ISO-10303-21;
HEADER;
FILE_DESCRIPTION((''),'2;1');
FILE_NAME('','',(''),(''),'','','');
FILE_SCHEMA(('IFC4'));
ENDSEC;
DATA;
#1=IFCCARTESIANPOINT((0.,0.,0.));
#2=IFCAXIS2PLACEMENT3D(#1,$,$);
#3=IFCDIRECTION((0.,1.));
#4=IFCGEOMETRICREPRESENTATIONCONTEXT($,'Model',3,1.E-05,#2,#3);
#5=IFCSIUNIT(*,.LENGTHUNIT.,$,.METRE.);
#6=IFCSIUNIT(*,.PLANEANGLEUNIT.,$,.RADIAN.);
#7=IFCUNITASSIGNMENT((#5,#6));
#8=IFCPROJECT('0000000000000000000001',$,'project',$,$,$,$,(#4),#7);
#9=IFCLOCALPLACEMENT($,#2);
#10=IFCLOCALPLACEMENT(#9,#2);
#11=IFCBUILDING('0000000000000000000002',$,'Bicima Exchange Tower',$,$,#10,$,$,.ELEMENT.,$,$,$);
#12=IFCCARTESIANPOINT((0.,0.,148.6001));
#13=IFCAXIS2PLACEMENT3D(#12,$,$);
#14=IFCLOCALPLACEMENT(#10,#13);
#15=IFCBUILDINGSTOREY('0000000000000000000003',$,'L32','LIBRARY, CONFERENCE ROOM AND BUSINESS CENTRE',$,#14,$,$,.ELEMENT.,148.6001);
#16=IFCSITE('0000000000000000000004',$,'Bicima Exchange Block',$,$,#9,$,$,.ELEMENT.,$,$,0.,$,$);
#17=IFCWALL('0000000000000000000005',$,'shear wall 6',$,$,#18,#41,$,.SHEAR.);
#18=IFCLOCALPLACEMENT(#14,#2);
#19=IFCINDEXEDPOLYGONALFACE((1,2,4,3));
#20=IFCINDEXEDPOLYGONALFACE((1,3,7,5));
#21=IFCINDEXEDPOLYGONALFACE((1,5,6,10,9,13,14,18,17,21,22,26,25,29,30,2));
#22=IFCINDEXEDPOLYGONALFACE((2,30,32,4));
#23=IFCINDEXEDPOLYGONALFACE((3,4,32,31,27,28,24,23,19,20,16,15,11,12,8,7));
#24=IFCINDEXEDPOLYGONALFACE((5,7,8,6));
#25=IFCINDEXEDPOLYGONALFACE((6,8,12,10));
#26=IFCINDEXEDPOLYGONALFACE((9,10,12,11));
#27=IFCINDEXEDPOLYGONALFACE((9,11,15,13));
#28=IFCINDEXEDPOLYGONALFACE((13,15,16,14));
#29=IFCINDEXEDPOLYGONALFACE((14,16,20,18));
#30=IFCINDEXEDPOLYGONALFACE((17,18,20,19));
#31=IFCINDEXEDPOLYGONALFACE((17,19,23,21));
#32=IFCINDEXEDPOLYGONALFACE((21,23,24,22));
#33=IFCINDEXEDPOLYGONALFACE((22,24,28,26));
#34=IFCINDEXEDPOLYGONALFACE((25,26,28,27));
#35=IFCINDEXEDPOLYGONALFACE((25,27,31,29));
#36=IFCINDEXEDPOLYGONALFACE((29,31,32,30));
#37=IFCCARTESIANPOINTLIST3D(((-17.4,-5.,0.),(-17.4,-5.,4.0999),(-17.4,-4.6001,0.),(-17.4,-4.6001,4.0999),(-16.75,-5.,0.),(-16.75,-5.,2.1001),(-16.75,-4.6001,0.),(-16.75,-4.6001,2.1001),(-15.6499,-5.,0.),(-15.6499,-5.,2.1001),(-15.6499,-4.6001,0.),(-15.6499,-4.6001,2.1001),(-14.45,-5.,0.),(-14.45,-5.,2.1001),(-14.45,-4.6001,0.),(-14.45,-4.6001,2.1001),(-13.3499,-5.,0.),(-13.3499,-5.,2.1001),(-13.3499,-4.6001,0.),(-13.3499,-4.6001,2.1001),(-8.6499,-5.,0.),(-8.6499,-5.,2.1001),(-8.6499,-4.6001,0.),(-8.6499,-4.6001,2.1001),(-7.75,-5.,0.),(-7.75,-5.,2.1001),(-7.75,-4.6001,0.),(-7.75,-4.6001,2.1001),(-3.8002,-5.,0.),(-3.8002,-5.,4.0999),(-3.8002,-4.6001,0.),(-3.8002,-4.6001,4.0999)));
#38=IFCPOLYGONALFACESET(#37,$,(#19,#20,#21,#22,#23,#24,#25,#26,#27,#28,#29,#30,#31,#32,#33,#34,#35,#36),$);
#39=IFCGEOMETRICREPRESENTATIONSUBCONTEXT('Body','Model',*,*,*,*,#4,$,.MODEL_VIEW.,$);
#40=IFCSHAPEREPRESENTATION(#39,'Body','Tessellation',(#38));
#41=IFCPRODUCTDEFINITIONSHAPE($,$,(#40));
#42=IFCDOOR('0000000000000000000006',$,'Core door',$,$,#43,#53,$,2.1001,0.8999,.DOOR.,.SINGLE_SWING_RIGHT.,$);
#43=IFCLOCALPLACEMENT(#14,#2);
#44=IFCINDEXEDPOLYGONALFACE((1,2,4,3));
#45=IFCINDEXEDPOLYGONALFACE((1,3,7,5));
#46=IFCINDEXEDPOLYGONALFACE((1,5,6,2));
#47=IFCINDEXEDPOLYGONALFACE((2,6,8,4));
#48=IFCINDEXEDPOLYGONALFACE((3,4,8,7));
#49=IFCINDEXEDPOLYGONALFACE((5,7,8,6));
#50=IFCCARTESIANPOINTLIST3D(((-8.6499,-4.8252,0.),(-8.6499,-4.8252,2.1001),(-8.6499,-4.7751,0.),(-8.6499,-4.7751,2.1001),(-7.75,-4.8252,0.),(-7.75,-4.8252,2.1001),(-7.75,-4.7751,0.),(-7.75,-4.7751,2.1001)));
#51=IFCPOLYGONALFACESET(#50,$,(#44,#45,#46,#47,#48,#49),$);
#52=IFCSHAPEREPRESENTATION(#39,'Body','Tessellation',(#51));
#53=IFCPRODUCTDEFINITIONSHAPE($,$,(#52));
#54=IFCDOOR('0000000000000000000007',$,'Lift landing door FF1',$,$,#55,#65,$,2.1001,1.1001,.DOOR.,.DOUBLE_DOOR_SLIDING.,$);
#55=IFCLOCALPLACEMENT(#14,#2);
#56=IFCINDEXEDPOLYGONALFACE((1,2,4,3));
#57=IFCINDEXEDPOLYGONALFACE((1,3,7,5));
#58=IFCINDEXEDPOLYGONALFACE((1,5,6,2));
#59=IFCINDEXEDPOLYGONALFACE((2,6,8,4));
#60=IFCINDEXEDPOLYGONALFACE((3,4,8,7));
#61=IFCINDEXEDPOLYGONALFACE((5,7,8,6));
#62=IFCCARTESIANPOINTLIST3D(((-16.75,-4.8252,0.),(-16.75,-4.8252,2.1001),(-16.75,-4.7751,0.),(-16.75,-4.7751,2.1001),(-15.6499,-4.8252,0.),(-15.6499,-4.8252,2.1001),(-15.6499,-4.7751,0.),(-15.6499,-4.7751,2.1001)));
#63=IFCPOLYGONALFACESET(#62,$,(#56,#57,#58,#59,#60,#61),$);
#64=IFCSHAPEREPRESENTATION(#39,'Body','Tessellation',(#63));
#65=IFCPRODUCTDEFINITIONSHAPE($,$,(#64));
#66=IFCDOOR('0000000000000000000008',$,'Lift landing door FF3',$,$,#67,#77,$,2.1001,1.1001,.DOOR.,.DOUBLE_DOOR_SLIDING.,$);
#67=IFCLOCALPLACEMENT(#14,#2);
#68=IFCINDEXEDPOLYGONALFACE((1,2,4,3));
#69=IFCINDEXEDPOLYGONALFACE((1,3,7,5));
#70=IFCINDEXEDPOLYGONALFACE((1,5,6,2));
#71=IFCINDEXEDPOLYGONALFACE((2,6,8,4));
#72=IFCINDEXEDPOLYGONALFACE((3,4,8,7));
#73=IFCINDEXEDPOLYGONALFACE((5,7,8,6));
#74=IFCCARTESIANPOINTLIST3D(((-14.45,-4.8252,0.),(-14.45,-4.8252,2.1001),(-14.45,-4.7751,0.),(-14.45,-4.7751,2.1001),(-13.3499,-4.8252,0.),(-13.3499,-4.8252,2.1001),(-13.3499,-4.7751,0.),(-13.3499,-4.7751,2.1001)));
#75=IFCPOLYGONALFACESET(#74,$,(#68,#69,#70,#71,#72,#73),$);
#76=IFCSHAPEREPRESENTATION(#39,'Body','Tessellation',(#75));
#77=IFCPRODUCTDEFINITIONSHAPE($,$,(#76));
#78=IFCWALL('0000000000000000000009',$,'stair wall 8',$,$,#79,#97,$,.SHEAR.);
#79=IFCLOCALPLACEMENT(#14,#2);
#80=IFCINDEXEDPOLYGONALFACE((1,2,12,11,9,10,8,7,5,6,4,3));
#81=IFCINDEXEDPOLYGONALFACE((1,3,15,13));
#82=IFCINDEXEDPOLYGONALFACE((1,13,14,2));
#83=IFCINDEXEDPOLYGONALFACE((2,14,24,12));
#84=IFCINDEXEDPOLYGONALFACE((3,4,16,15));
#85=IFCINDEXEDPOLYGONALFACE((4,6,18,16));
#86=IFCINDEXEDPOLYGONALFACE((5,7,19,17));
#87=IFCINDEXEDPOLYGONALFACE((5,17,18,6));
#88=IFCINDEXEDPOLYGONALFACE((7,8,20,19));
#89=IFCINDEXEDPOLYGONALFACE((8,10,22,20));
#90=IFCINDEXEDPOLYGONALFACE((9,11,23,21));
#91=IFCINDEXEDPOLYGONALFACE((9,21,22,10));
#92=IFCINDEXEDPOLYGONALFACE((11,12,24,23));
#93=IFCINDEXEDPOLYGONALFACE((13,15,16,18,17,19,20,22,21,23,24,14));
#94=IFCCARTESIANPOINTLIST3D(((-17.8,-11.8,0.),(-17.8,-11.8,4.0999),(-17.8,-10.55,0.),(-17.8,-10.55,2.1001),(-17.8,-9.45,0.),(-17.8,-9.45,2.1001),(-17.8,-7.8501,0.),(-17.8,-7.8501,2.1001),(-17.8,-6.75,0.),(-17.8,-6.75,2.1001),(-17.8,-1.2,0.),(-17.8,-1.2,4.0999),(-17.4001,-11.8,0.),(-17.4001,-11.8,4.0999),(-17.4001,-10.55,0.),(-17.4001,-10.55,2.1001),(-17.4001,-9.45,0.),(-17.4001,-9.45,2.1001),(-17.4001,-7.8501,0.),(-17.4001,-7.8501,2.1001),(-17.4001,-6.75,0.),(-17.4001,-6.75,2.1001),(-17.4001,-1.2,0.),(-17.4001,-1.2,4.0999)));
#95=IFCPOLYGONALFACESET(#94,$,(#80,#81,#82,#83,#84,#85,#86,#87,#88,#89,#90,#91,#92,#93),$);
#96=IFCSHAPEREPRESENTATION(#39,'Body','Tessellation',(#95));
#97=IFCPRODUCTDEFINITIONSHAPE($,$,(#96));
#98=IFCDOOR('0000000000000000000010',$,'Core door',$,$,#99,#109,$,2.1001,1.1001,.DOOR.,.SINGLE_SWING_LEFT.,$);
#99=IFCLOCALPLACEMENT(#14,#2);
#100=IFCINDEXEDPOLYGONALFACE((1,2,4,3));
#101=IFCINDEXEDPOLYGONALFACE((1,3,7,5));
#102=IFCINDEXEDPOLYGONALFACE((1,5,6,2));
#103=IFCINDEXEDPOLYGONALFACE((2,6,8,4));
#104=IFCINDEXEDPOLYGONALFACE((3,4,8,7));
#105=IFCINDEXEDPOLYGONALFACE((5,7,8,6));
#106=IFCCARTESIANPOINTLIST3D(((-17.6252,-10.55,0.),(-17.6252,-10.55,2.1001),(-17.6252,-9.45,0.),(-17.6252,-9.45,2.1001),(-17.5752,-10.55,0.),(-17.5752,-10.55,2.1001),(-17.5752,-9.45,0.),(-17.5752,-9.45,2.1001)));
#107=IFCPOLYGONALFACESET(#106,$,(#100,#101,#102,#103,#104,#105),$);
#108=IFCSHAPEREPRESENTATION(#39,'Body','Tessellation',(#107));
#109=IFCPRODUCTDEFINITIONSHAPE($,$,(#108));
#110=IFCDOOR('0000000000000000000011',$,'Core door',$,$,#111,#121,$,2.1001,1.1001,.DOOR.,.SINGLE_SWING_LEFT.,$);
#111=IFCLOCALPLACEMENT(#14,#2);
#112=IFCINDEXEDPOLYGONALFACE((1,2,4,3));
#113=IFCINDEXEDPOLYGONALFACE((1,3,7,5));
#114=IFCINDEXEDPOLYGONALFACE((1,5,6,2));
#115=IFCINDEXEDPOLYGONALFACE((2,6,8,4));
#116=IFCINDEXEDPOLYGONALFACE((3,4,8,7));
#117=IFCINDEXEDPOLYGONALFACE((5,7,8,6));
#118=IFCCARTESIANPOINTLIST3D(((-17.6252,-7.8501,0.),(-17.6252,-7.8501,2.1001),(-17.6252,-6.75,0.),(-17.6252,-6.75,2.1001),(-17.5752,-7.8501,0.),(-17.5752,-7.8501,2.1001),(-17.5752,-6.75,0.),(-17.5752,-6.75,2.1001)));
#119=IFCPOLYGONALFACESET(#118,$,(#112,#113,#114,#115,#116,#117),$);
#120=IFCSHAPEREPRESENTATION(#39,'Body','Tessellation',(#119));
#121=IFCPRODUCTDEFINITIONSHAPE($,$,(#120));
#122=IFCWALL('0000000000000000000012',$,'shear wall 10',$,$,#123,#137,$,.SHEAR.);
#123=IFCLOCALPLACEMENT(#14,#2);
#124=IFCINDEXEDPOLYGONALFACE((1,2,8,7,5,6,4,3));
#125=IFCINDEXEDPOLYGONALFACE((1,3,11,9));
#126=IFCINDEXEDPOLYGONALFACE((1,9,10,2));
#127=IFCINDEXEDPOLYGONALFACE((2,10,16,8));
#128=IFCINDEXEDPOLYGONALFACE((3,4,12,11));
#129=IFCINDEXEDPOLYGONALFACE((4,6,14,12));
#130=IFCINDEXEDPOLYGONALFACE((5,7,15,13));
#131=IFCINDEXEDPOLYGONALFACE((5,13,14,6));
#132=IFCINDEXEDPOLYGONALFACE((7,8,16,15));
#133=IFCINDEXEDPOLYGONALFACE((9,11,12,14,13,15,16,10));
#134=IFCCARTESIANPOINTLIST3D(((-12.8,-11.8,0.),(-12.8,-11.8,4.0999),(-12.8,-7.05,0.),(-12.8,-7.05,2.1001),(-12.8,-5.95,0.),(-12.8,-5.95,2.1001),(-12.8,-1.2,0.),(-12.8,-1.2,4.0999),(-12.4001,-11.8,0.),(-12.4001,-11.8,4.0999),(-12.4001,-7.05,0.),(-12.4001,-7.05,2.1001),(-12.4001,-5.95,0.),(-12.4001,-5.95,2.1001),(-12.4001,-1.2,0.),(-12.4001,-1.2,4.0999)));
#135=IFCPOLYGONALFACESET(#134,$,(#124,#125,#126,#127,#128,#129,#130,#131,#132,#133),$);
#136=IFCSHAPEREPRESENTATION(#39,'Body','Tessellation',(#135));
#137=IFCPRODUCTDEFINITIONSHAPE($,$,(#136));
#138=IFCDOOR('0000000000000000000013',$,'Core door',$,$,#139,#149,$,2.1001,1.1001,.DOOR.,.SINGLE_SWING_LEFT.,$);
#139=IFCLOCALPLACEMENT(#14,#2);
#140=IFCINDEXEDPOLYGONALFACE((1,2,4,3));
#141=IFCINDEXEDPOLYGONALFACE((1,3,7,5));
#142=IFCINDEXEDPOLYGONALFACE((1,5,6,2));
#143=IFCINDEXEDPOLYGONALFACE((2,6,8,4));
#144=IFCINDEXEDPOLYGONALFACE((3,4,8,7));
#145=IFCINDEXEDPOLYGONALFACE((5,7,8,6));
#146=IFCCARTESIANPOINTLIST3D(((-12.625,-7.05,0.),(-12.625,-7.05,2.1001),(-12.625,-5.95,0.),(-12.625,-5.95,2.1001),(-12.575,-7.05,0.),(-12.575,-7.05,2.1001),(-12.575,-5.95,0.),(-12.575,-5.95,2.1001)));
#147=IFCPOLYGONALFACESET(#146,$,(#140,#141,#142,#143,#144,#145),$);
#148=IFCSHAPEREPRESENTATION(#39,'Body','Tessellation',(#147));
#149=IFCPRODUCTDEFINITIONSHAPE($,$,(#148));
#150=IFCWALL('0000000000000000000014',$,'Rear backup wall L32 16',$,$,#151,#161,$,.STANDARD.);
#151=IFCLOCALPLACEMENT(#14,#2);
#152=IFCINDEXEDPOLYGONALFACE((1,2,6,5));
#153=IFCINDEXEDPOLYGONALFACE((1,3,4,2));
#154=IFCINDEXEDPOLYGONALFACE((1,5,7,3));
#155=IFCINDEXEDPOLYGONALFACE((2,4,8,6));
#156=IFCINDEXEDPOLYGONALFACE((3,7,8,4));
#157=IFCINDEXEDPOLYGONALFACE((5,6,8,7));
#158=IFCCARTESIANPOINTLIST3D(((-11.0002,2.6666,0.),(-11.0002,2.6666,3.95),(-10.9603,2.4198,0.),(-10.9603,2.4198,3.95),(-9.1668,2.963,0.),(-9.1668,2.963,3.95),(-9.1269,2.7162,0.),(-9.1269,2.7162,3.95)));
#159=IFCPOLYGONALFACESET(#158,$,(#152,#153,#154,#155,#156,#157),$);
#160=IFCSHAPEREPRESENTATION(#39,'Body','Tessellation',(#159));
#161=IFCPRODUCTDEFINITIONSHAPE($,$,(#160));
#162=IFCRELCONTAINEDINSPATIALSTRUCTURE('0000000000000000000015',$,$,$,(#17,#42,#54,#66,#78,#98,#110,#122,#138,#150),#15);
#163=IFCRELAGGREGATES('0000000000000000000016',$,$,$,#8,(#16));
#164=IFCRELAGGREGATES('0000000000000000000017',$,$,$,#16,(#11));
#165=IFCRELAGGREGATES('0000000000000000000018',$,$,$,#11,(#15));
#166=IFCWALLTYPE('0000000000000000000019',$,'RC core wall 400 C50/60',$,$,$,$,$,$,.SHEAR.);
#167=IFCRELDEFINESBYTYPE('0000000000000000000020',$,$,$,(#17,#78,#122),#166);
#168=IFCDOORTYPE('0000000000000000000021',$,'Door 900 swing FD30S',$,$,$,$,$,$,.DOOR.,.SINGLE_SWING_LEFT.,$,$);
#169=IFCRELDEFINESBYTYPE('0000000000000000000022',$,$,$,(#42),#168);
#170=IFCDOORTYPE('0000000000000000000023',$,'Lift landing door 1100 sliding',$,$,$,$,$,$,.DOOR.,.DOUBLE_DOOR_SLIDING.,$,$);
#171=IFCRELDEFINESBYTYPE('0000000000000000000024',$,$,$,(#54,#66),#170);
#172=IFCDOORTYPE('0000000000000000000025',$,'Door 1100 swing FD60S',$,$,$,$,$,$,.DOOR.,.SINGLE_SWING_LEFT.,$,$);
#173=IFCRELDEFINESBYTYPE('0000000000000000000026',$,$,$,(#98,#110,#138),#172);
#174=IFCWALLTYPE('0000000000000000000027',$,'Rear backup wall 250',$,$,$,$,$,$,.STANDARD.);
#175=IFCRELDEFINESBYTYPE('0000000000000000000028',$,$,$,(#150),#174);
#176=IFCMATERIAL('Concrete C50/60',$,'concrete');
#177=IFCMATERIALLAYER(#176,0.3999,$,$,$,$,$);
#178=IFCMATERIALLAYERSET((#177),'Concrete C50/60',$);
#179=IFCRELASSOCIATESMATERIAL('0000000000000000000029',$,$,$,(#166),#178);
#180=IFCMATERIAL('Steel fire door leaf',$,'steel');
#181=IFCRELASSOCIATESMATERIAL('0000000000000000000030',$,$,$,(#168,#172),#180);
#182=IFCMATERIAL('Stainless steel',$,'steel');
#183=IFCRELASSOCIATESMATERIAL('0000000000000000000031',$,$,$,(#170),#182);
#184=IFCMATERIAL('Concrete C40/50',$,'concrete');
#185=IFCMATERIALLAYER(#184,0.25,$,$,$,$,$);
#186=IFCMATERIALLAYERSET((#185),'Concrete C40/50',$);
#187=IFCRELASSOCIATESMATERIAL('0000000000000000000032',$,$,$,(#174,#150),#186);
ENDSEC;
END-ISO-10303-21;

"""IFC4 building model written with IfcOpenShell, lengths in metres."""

from ifc_helpers import new_model, si_unit, direction, frame, frame_2d, origin, place, context, subcontext, project, spatial, rectangle, extrude, material, layer, layer_set, layer_usage, type_object, element, fill, save


model = new_model("IFC4")

# Units and contexts
model_context = context("Model", 3, precision=1e-05, world=origin(), true_north=direction((0.0, 1.0)))
body_context = subcontext(model_context, "Body", "Model", "MODEL_VIEW")
ifc_project = project(units=[si_unit("LENGTHUNIT", "METRE"), si_unit("PLANEANGLEUNIT", "RADIAN")], contexts=[model_context])

# Site, building, storey
site_placement = place(None, origin())
site = spatial("IfcSite", under=ifc_project, at=site_placement, Name="Bicima Exchange Block", CompositionType="ELEMENT", RefElevation=0.0)
building_placement = place(site_placement, origin())
building = spatial("IfcBuilding", under=site, at=building_placement, Name="Bicima Exchange Tower", CompositionType="ELEMENT")
storey_placement = place(building_placement, frame((0.0, 0.0, 148.6001)))
storey = spatial("IfcBuildingStorey", under=building, at=storey_placement, Name="L32", Description="LIBRARY, CONFERENCE ROOM AND BUSINESS CENTRE", CompositionType="ELEMENT", Elevation=148.6001)

# Walls, openings, doors
ifc_material_1 = material(Name="Concrete C50/60", Category="concrete")
ifc_layer_1 = layer(ifc_material_1, 0.3999)
ifc_layer_set_1 = layer_set([ifc_layer_1], Name="Concrete C50/60")
wall_type_1 = type_object("IfcWallType", Name="RC core wall 400 C50/60", PredefinedType="SHEAR", material=ifc_layer_set_1)
ifc_material_2 = material(Name="Steel fire door leaf", Category="steel")
door_type_1 = type_object("IfcDoorType", Name="Door 900 swing FD30S", OperationType="SINGLE_SWING_LEFT", PredefinedType="DOOR", material=ifc_material_2)
ifc_material_3 = material(Name="Stainless steel", Category="steel")
wall_1_placement = place(storey_placement, frame((-17.3999, -4.8, 0.0), z_axis=(0.0, 0.0, 1.0), x_axis=(1.0, 0.0, 0.0)))
wall_1 = element("IfcWall", 1, at=wall_1_placement, inside=storey, type_object=wall_type_1, Name="shear wall 6", PredefinedType="SHEAR", context=body_context, shape_type="SweptSolid", body=[
    extrude(rectangle(XDim=13.5999, YDim=0.3999, at=frame_2d((6.7998, 0.0))), origin(), (0.0, 0.0, 1.0), 4.0999),
])
opening_1_placement = place(wall_1_placement, frame((0.6499, 0.0, 0.0)))
opening_1 = element("IfcOpeningElement", 2, at=opening_1_placement, cuts=wall_1, PredefinedType="OPENING", context=body_context, shape_type="SweptSolid", body=[
    extrude(rectangle(XDim=1.1001, YDim=2.1001, at=frame_2d((0.55, 1.05))), frame((0.0, 0.2119, 0.0), z_axis=(0.0, -1.0, 0.0), x_axis=(1.0, 0.0, 0.0)), (0.0, 0.0, 1.0), 0.4238),
])
opening_2_placement = place(wall_1_placement, frame((2.95, 0.0, 0.0)))
opening_2 = element("IfcOpeningElement", 3, at=opening_2_placement, cuts=wall_1, PredefinedType="OPENING", context=body_context, shape_type="SweptSolid", body=[
    extrude(rectangle(XDim=1.1001, YDim=2.1001, at=frame_2d((0.55, 1.05))), frame((0.0, 0.2119, 0.0), z_axis=(0.0, -1.0, 0.0), x_axis=(1.0, 0.0, 0.0)), (0.0, 0.0, 1.0), 0.4238),
])
opening_3_placement = place(wall_1_placement, frame((8.75, 0.0, 0.0)))
opening_3 = element("IfcOpeningElement", 4, at=opening_3_placement, cuts=wall_1, PredefinedType="OPENING", context=body_context, shape_type="SweptSolid", body=[
    extrude(rectangle(XDim=0.8999, YDim=2.1001, at=frame_2d((0.45, 1.05))), frame((0.0, 0.2119, 0.0), z_axis=(0.0, -1.0, 0.0), x_axis=(1.0, 0.0, 0.0)), (0.0, 0.0, 1.0), 0.4238),
])
door_1_placement = place(opening_3_placement, origin())
door_1 = element("IfcDoor", 5, at=door_1_placement, inside=storey, type_object=door_type_1, Name="Core door", OperationType="SINGLE_SWING_RIGHT", OverallHeight=2.1001, OverallWidth=0.8999, PredefinedType="DOOR", context=body_context, shape_type="SweptSolid", body=[
    extrude(rectangle(XDim=0.8999, YDim=2.1001, at=frame_2d((0.45, 1.05))), frame((0.0, 0.0249, 0.0), z_axis=(0.0, -1.0, 0.0), x_axis=(1.0, 0.0, 0.0)), (0.0, 0.0, 1.0), 0.05),
])
fill(opening_3, door_1)
door_type_2 = type_object("IfcDoorType", Name="Lift landing door 1100 sliding", OperationType="DOUBLE_DOOR_SLIDING", PredefinedType="DOOR", material=ifc_material_3)
door_2_placement = place(opening_1_placement, origin())
door_2 = element("IfcDoor", 6, at=door_2_placement, inside=storey, type_object=door_type_2, Name="Lift landing door FF1", OperationType="DOUBLE_DOOR_SLIDING", OverallHeight=2.1001, OverallWidth=1.1001, PredefinedType="DOOR", context=body_context, shape_type="SweptSolid", body=[
    extrude(rectangle(XDim=1.1001, YDim=2.1001, at=frame_2d((0.55, 1.05))), frame((0.0, 0.0249, 0.0), z_axis=(0.0, -1.0, 0.0), x_axis=(1.0, 0.0, 0.0)), (0.0, 0.0, 1.0), 0.05),
])
fill(opening_1, door_2)
door_3_placement = place(opening_2_placement, origin())
door_3 = element("IfcDoor", 7, at=door_3_placement, inside=storey, type_object=door_type_2, Name="Lift landing door FF3", OperationType="DOUBLE_DOOR_SLIDING", OverallHeight=2.1001, OverallWidth=1.1001, PredefinedType="DOOR", context=body_context, shape_type="SweptSolid", body=[
    extrude(rectangle(XDim=1.1001, YDim=2.1001, at=frame_2d((0.55, 1.05))), frame((0.0, 0.0249, 0.0), z_axis=(0.0, -1.0, 0.0), x_axis=(1.0, 0.0, 0.0)), (0.0, 0.0, 1.0), 0.05),
])
fill(opening_2, door_3)
wall_2_placement = place(storey_placement, frame((-17.6001, -11.8, 0.0), z_axis=(0.0, 0.0, 1.0), x_axis=(0.0, 1.0, 0.0)))
wall_2 = element("IfcWall", 8, at=wall_2_placement, inside=storey, type_object=wall_type_1, Name="stair wall 8", PredefinedType="SHEAR", context=body_context, shape_type="SweptSolid", body=[
    extrude(rectangle(XDim=10.6001, YDim=0.3999, at=frame_2d((5.3, 0.0))), origin(), (0.0, 0.0, 1.0), 4.0999),
])
opening_4_placement = place(wall_2_placement, frame((1.25, 0.0, 0.0)))
opening_4 = element("IfcOpeningElement", 9, at=opening_4_placement, cuts=wall_2, PredefinedType="OPENING", context=body_context, shape_type="SweptSolid", body=[
    extrude(rectangle(XDim=1.1001, YDim=2.1001, at=frame_2d((0.55, 1.05))), frame((0.0, 0.2119, 0.0), z_axis=(0.0, -1.0, 0.0), x_axis=(1.0, 0.0, 0.0)), (0.0, 0.0, 1.0), 0.4238),
])
opening_5_placement = place(wall_2_placement, frame((3.95, 0.0, 0.0)))
opening_5 = element("IfcOpeningElement", 10, at=opening_5_placement, cuts=wall_2, PredefinedType="OPENING", context=body_context, shape_type="SweptSolid", body=[
    extrude(rectangle(XDim=1.1001, YDim=2.1001, at=frame_2d((0.55, 1.05))), frame((0.0, 0.2119, 0.0), z_axis=(0.0, -1.0, 0.0), x_axis=(1.0, 0.0, 0.0)), (0.0, 0.0, 1.0), 0.4238),
])
door_type_3 = type_object("IfcDoorType", Name="Door 1100 swing FD60S", OperationType="SINGLE_SWING_LEFT", PredefinedType="DOOR", material=ifc_material_2)
door_4_placement = place(opening_4_placement, frame((1.1001, 0.0, 0.0), z_axis=(0.0, 0.0, 1.0), x_axis=(-1.0, 0.0, 0.0)))
door_4 = element("IfcDoor", 11, at=door_4_placement, inside=storey, type_object=door_type_3, Name="Core door", OperationType="SINGLE_SWING_LEFT", OverallHeight=2.1001, OverallWidth=1.1001, PredefinedType="DOOR", context=body_context, shape_type="SweptSolid", body=[
    extrude(rectangle(XDim=1.1001, YDim=2.1001, at=frame_2d((0.55, 1.05))), frame((0.0, 0.0249, 0.0), z_axis=(0.0, -1.0, 0.0), x_axis=(1.0, 0.0, 0.0)), (0.0, 0.0, 1.0), 0.05),
])
fill(opening_4, door_4)
door_5_placement = place(opening_5_placement, frame((1.1001, 0.0, 0.0), z_axis=(0.0, 0.0, 1.0), x_axis=(-1.0, 0.0, 0.0)))
door_5 = element("IfcDoor", 12, at=door_5_placement, inside=storey, type_object=door_type_3, Name="Core door", OperationType="SINGLE_SWING_LEFT", OverallHeight=2.1001, OverallWidth=1.1001, PredefinedType="DOOR", context=body_context, shape_type="SweptSolid", body=[
    extrude(rectangle(XDim=1.1001, YDim=2.1001, at=frame_2d((0.55, 1.05))), frame((0.0, 0.0249, 0.0), z_axis=(0.0, -1.0, 0.0), x_axis=(1.0, 0.0, 0.0)), (0.0, 0.0, 1.0), 0.05),
])
fill(opening_5, door_5)

# Wall, opening, door
wall_3_placement = place(storey_placement, frame((-12.6001, -11.8, 0.0), z_axis=(0.0, 0.0, 1.0), x_axis=(0.0, 1.0, 0.0)))
wall_3 = element("IfcWall", 13, at=wall_3_placement, inside=storey, type_object=wall_type_1, Name="shear wall 10", PredefinedType="SHEAR", context=body_context, shape_type="SweptSolid", body=[
    extrude(rectangle(XDim=10.6001, YDim=0.3999, at=frame_2d((5.3, 0.0))), origin(), (0.0, 0.0, 1.0), 4.0999),
])
opening_6_placement = place(wall_3_placement, frame((4.75, 0.0, 0.0)))
opening_6 = element("IfcOpeningElement", 14, at=opening_6_placement, cuts=wall_3, PredefinedType="OPENING", context=body_context, shape_type="SweptSolid", body=[
    extrude(rectangle(XDim=1.1001, YDim=2.1001, at=frame_2d((0.55, 1.05))), frame((0.0, 0.2119, 0.0), z_axis=(0.0, -1.0, 0.0), x_axis=(1.0, 0.0, 0.0)), (0.0, 0.0, 1.0), 0.4238),
])
door_6_placement = place(opening_6_placement, origin())
door_6 = element("IfcDoor", 15, at=door_6_placement, inside=storey, type_object=door_type_3, Name="Core door", OperationType="SINGLE_SWING_LEFT", OverallHeight=2.1001, OverallWidth=1.1001, PredefinedType="DOOR", context=body_context, shape_type="SweptSolid", body=[
    extrude(rectangle(XDim=1.1001, YDim=2.1001, at=frame_2d((0.55, 1.05))), frame((0.0, 0.0249, 0.0), z_axis=(0.0, -1.0, 0.0), x_axis=(1.0, 0.0, 0.0)), (0.0, 0.0, 1.0), 0.05),
])
fill(opening_6, door_6)

# Wall
ifc_material_4 = material(Name="Concrete C40/50", Category="concrete")
ifc_layer_2 = layer(ifc_material_4, 0.25)
ifc_layer_set_2 = layer_set([ifc_layer_2], Name="Concrete C40/50")
ifc_layer_usage = layer_usage(ifc_layer_set_2, "AXIS2", "POSITIVE", -0.125)
wall_type_2 = type_object("IfcWallType", Name="Rear backup wall 250", PredefinedType="STANDARD", material=ifc_layer_set_2)
wall_4_placement = place(storey_placement, frame((-9.1467, 2.8396, 0.0), z_axis=(0.0, 0.0, 1.0), x_axis=(-0.987182, -0.1596, 0.0)))
element("IfcWall", 16, at=wall_4_placement, inside=storey, type_object=wall_type_2, material=ifc_layer_usage, Name="Rear backup wall L32 16", PredefinedType="STANDARD", context=body_context, shape_type="SweptSolid", body=[
    extrude(rectangle(XDim=1.8572, YDim=0.25, at=frame_2d((0.9287, 0.0))), origin(), (0.0, 0.0, 1.0), 3.95),
])

save(model, "model.ifc")
